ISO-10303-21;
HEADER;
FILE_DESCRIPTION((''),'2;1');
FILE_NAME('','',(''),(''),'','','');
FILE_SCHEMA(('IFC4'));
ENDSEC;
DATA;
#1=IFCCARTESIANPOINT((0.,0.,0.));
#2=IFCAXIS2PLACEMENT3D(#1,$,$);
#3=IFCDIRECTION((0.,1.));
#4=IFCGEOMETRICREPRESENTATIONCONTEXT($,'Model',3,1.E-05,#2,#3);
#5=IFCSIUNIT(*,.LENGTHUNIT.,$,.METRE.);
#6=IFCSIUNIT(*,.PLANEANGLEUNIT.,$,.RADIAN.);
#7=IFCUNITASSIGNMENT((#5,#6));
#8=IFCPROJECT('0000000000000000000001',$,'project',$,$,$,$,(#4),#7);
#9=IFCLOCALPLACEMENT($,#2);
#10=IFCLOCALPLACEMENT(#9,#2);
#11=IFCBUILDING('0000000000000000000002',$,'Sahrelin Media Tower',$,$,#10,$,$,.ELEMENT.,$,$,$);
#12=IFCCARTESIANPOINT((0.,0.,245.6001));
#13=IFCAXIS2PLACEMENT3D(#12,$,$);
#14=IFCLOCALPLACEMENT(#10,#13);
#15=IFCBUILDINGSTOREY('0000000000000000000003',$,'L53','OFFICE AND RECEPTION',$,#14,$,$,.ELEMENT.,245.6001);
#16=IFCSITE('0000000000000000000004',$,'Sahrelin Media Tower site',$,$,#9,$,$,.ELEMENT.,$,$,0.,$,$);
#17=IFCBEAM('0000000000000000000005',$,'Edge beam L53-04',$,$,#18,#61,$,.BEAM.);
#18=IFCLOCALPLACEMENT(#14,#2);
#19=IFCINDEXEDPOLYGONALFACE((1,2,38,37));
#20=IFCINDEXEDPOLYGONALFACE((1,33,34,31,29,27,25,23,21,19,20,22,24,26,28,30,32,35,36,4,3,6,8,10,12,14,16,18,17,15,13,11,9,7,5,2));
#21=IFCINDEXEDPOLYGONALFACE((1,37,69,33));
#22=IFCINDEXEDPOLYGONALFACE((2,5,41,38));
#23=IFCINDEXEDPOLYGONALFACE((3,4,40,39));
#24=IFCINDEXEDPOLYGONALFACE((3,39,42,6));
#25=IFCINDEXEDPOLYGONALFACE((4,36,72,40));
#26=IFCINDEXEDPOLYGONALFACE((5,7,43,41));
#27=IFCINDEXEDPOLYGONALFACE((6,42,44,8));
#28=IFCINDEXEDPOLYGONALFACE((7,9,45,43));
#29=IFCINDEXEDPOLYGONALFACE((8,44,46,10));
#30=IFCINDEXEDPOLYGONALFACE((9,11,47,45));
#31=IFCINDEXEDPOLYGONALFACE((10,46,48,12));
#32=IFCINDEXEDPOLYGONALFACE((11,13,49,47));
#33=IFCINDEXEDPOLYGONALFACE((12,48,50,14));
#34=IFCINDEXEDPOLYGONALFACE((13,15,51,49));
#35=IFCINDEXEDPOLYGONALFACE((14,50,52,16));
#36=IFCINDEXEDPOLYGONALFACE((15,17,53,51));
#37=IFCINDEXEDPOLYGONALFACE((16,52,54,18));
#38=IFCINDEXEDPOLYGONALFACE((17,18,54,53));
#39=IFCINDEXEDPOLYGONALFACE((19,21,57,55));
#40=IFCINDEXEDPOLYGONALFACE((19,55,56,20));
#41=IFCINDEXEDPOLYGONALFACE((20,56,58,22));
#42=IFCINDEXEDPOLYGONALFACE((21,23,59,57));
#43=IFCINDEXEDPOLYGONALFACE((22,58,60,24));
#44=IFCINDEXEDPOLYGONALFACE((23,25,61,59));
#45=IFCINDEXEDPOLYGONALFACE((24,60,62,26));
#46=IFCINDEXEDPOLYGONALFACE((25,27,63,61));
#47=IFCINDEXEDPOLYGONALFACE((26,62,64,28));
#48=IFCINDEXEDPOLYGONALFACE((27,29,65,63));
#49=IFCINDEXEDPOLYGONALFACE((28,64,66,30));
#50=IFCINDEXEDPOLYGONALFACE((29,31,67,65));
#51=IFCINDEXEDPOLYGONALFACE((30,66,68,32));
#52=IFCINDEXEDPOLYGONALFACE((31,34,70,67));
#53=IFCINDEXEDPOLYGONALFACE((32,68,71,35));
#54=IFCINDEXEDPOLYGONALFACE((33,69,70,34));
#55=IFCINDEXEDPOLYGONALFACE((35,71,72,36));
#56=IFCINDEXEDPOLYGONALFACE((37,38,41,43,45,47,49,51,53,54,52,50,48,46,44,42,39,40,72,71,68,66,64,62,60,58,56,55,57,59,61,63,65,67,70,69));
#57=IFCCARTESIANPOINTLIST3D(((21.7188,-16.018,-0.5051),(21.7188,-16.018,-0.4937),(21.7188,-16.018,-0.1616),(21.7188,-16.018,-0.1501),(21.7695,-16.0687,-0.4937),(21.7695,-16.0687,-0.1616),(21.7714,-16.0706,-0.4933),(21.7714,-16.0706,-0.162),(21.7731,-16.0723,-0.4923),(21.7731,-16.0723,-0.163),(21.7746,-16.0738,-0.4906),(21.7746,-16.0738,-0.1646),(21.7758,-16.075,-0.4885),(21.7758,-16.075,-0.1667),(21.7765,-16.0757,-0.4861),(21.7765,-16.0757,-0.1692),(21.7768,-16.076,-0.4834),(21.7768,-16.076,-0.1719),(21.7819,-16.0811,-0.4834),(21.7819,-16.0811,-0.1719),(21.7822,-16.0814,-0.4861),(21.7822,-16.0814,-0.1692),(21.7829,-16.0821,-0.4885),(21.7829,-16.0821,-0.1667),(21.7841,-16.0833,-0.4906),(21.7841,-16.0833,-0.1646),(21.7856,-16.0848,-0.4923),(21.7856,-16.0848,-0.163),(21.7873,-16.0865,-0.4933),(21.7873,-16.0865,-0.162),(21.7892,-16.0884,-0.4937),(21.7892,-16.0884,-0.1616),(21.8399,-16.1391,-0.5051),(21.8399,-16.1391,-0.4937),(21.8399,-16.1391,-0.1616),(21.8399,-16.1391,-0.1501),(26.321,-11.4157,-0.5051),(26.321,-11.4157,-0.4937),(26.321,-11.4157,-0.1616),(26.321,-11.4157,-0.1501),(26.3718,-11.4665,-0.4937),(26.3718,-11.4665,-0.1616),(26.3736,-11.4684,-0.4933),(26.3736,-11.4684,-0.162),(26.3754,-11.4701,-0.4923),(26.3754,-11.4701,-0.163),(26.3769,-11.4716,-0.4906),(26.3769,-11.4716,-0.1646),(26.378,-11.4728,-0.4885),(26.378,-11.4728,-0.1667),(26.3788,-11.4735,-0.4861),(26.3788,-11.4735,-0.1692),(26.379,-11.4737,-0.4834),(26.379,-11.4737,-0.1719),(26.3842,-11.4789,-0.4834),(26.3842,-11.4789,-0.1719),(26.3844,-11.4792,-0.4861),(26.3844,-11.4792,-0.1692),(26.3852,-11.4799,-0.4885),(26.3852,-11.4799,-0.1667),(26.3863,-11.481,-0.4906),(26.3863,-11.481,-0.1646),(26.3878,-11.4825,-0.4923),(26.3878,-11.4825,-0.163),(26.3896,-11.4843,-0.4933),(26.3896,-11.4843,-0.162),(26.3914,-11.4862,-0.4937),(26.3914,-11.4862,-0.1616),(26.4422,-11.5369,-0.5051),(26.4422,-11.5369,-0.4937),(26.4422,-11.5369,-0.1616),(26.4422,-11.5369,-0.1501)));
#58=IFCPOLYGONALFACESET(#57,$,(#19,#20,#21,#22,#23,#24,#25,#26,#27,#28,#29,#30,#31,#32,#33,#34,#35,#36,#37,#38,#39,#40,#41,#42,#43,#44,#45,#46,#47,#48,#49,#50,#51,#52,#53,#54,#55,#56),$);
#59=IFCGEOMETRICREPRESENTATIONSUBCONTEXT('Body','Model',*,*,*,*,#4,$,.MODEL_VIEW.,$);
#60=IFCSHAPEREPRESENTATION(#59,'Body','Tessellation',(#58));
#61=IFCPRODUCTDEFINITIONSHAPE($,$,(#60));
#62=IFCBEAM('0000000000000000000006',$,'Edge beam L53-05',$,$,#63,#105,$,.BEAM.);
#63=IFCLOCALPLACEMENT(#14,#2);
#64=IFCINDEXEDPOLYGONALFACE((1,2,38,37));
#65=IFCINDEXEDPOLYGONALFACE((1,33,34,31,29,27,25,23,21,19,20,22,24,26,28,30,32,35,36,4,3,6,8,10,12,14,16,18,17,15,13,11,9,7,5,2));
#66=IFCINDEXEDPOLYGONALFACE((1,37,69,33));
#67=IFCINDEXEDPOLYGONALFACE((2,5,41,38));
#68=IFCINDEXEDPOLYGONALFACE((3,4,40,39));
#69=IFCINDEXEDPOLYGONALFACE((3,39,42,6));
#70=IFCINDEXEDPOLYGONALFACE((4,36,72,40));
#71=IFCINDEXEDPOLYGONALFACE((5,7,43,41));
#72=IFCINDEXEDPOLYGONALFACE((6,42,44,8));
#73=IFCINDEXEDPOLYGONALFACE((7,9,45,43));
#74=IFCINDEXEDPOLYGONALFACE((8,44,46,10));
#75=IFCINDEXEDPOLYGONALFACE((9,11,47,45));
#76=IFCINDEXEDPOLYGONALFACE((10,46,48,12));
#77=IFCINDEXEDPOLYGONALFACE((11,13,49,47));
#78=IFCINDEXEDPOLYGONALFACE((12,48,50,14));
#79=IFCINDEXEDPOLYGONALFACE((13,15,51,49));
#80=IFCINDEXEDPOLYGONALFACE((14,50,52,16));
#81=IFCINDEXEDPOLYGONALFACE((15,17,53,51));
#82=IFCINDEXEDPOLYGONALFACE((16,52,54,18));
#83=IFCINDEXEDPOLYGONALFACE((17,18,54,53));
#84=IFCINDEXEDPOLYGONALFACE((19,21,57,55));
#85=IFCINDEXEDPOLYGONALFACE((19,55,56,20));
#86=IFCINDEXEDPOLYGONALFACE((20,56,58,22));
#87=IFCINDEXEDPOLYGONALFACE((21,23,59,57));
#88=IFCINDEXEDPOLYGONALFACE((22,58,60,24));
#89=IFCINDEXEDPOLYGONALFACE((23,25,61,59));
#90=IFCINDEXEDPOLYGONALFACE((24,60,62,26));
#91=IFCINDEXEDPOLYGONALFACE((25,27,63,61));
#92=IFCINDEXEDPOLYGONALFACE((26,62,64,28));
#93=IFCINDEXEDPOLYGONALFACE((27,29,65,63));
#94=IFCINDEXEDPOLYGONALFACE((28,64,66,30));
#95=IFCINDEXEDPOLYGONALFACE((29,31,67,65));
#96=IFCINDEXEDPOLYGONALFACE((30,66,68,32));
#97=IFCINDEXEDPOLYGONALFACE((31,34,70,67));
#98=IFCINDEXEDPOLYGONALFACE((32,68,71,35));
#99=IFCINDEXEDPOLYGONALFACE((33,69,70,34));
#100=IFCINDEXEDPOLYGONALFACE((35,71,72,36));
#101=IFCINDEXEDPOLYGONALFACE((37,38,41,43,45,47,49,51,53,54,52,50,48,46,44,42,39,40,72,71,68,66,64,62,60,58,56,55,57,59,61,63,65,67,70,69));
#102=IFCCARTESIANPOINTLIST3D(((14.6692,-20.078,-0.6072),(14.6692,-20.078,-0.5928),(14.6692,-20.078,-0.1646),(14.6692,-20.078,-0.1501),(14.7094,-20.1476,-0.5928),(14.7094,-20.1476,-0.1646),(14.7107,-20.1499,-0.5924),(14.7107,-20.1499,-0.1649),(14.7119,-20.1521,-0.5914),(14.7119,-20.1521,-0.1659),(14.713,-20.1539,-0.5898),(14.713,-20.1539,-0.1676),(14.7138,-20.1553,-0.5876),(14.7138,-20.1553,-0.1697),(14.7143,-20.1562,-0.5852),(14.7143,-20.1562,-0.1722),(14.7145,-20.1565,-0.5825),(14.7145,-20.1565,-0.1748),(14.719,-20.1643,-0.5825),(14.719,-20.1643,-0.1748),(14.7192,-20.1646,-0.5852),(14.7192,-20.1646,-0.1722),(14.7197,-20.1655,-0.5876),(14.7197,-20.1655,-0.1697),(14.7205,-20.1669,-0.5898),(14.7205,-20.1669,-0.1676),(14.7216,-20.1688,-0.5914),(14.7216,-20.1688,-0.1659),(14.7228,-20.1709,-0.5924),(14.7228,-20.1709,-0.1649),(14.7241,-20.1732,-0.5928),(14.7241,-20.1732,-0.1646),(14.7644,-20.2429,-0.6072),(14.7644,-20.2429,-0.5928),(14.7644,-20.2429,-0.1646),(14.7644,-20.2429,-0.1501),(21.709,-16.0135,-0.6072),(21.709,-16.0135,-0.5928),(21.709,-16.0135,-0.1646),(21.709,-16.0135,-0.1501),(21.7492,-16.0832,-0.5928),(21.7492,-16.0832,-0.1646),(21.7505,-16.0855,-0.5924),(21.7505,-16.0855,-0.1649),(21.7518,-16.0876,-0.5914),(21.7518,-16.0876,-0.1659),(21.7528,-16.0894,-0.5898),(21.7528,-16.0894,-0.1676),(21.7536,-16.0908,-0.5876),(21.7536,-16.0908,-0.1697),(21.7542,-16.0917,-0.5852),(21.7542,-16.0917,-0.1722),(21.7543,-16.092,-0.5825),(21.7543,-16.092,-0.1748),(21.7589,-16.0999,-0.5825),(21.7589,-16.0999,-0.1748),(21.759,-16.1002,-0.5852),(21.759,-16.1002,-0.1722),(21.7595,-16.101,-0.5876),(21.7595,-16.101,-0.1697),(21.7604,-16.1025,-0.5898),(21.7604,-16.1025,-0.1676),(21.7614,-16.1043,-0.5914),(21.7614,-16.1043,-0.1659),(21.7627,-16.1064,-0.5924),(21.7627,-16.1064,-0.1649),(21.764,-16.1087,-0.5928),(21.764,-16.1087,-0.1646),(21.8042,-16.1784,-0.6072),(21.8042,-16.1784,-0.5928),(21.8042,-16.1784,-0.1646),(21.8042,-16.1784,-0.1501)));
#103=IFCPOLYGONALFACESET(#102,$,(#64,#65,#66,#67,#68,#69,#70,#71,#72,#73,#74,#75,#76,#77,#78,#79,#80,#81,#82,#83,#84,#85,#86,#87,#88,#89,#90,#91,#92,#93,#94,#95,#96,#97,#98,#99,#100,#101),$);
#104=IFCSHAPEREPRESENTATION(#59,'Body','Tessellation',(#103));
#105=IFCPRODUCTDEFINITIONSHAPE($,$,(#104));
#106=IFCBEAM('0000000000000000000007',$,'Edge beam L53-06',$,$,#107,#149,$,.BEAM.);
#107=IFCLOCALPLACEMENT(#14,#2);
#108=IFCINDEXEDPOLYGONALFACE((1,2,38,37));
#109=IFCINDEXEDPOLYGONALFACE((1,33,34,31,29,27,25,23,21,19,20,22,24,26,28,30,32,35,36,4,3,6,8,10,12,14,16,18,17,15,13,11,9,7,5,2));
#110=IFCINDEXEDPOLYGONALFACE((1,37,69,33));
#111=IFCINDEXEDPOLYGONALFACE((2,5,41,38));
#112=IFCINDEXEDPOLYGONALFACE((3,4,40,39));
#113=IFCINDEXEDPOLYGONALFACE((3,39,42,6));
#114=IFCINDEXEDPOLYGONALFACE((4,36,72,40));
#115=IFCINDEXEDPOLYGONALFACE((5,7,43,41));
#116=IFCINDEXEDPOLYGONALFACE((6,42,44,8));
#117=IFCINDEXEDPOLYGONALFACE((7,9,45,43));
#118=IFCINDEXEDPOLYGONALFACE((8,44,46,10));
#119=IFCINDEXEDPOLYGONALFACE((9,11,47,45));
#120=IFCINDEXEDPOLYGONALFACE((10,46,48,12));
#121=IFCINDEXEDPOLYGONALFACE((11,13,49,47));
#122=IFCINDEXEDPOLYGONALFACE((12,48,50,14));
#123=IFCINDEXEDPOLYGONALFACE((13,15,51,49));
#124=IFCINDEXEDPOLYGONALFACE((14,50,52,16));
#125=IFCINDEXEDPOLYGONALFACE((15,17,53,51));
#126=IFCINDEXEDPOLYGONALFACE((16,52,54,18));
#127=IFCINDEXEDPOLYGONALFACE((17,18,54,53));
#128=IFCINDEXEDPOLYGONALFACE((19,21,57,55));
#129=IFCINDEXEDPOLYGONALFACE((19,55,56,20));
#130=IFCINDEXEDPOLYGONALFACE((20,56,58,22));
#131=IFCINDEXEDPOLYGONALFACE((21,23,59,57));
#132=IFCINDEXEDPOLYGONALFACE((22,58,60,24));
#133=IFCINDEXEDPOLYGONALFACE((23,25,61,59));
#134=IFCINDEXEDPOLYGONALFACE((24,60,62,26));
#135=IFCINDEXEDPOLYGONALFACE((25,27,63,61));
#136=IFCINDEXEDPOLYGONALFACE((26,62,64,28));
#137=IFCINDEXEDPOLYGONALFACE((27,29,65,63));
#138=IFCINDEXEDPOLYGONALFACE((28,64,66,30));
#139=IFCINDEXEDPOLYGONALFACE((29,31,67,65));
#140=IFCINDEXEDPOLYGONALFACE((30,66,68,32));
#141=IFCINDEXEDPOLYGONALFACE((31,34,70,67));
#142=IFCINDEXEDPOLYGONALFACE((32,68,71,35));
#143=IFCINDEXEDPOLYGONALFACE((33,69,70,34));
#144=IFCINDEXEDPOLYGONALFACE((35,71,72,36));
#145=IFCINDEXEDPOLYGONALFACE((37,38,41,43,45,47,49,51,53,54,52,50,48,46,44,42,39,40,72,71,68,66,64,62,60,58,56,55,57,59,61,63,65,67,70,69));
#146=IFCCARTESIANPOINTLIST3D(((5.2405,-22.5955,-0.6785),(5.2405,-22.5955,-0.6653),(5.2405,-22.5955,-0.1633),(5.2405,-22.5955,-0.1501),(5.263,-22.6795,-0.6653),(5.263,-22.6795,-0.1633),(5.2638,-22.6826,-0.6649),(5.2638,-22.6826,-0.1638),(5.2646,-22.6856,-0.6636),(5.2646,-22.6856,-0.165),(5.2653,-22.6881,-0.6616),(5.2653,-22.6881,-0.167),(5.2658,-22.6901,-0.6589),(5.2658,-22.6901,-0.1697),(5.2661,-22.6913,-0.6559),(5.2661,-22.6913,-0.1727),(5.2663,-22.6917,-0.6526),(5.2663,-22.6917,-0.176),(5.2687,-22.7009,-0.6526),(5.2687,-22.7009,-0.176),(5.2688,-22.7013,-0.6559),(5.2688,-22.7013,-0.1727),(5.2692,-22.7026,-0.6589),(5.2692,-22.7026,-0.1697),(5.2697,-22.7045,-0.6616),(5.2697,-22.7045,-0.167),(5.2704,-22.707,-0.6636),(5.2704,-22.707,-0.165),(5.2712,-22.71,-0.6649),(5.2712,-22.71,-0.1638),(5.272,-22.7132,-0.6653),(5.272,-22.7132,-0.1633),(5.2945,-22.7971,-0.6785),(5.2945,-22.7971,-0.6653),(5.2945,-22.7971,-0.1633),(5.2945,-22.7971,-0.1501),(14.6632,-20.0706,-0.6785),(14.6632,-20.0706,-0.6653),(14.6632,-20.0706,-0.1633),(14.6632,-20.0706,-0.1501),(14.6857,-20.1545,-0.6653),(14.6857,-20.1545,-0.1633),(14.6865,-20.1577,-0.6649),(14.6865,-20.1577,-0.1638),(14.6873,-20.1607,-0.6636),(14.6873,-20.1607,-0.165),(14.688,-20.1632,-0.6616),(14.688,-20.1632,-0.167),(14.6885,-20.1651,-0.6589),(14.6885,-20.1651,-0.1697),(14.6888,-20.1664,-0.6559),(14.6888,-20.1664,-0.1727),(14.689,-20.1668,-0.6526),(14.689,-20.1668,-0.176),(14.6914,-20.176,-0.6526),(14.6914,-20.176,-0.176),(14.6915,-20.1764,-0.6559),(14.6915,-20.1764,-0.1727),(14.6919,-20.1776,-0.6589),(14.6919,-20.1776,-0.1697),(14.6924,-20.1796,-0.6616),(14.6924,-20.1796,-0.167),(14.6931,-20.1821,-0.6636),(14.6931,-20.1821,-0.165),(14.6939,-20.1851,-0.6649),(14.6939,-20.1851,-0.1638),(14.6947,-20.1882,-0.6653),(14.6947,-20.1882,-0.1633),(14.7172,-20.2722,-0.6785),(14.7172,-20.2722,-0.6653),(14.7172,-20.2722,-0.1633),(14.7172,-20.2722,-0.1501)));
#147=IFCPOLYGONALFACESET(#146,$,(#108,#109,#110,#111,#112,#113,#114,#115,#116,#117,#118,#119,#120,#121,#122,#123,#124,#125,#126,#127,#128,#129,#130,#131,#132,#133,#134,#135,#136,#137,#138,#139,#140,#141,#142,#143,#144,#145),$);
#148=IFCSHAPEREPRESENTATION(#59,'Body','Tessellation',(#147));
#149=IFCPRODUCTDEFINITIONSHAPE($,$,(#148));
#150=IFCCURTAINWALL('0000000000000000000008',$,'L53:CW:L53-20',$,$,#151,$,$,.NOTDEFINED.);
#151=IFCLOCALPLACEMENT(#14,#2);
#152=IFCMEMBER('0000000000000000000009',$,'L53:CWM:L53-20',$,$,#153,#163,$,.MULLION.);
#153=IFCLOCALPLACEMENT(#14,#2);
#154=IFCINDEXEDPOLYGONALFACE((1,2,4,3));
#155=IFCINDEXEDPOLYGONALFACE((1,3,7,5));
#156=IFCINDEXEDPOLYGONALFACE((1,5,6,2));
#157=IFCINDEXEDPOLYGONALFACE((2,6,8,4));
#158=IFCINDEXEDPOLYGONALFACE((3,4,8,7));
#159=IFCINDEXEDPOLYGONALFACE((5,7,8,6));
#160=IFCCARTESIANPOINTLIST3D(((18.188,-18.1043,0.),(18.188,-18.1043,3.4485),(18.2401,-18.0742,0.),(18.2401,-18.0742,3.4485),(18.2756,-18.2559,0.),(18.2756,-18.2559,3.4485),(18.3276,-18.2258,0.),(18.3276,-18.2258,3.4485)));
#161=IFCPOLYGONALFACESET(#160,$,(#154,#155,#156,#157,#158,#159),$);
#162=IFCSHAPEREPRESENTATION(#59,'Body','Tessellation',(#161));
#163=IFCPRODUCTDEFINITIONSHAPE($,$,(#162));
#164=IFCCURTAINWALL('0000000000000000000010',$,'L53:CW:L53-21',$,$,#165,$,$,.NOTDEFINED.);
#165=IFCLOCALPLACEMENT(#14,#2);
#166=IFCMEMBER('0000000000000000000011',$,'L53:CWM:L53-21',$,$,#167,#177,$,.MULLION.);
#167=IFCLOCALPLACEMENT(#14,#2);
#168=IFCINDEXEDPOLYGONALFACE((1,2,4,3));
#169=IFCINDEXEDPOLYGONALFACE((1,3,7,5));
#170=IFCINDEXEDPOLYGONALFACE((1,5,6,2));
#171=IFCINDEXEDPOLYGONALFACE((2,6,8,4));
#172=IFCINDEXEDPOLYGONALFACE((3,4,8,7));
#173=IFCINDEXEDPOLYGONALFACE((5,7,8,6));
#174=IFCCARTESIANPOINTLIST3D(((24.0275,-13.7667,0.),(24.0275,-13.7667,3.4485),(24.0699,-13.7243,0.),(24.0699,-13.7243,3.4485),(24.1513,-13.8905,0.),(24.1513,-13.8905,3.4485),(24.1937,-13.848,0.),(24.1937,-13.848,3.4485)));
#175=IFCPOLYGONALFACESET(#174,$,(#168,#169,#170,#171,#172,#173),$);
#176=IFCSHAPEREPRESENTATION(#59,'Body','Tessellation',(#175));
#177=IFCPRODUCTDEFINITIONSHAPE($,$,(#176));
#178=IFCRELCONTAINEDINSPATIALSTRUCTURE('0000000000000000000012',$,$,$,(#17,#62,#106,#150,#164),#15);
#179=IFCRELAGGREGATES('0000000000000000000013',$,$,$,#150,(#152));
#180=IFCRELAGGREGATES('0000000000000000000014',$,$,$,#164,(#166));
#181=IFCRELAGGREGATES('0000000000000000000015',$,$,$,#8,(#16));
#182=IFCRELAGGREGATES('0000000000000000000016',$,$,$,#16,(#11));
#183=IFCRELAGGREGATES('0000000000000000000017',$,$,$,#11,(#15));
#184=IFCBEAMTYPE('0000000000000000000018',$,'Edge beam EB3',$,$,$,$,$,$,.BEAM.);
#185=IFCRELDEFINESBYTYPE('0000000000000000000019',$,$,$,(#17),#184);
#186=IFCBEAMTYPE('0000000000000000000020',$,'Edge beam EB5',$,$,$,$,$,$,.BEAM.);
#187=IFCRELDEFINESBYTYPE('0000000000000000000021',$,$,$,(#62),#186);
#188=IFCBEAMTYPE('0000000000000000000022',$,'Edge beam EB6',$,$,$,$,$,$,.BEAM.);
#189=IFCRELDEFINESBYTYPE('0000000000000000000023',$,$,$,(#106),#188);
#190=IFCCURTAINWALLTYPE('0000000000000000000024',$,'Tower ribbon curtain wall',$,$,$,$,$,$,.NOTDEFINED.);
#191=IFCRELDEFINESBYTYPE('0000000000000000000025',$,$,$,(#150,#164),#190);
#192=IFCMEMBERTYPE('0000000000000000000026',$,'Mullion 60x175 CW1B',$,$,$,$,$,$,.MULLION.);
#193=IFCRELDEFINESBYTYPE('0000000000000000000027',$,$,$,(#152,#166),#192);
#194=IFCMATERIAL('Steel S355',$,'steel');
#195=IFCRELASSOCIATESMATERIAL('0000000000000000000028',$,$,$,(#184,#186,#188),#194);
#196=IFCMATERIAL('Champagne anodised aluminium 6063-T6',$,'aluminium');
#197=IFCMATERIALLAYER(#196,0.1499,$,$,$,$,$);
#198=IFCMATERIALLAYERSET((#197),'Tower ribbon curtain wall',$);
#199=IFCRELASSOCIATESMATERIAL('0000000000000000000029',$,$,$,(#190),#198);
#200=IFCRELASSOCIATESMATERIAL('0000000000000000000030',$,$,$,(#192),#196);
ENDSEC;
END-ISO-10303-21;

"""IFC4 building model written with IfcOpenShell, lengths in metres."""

from ifc_helpers import new_model, si_unit, direction, frame, origin, origin_2d, place, context, subcontext, project, spatial, rectangle, i_section, extrude, material, layer, layer_set, material_profile, profile_set, type_object, element, aggregate, save


model = new_model("IFC4")

# Units and contexts
model_context = context("Model", 3, precision=1e-05, world=origin(), true_north=direction((0.0, 1.0)))
body_context = subcontext(model_context, "Body", "Model", "MODEL_VIEW")
ifc_project = project(units=[si_unit("LENGTHUNIT", "METRE"), si_unit("PLANEANGLEUNIT", "RADIAN")], contexts=[model_context])

# Site, building, storey
site_placement = place(None, origin())
site = spatial("IfcSite", under=ifc_project, at=site_placement, Name="Sahrelin Media Tower site", CompositionType="ELEMENT", RefElevation=0.0)
building_placement = place(site_placement, origin())
building = spatial("IfcBuilding", under=site, at=building_placement, Name="Sahrelin Media Tower", CompositionType="ELEMENT")
storey_placement = place(building_placement, frame((0.0, 0.0, 245.6001)))
storey = spatial("IfcBuildingStorey", under=building, at=storey_placement, Name="L53", Description="OFFICE AND RECEPTION", CompositionType="ELEMENT", Elevation=245.6001)

# Beams
ifc_material_1 = material(Name="Steel S355", Category="steel")
ifc_material_profile_1 = material_profile(ifc_material_1, i_section(OverallWidth=0.1714, OverallDepth=0.355, WebThickness=0.0073, FlangeThickness=0.0115, FilletRadius=0.0103, at=origin_2d()), Name="UB 356x171x51")
ifc_profile_set_1 = profile_set([ifc_material_profile_1], Name="Steel S355")
beam_type_1 = type_object("IfcBeamType", Name="Edge beam EB3", PredefinedType="BEAM", material=ifc_profile_set_1)
beam_1_placement = place(storey_placement, frame((26.3816, -11.4763, -0.3276), z_axis=(-0.707107, -0.707107, 0.0), x_axis=(0.707107, -0.707107, 0.0)))
element("IfcBeam", 1, at=beam_1_placement, inside=storey, type_object=beam_type_1, Name="Edge beam L53-04", PredefinedType="BEAM", context=body_context, shape_type="SweptSolid", body=[
    extrude(i_section(OverallWidth=0.1714, OverallDepth=0.355, WebThickness=0.0073, FlangeThickness=0.0115, FilletRadius=0.0103, at=origin_2d()), origin(), (0.0, 0.0, 1.0), 6.5085),
])
ifc_material_profile_2 = material_profile(ifc_material_1, i_section(OverallWidth=0.1904, OverallDepth=0.457, WebThickness=0.009, FlangeThickness=0.0144, FilletRadius=0.0103, at=origin_2d()), Name="UB 457x191x74")
ifc_profile_set_2 = profile_set([ifc_material_profile_2], Name="Steel S355")
beam_type_2 = type_object("IfcBeamType", Name="Edge beam EB5", PredefinedType="BEAM", material=ifc_profile_set_2)
beam_2_placement = place(storey_placement, frame((21.7566, -16.0959, -0.3787), z_axis=(-0.866024, -0.500002, 0.0), x_axis=(0.500002, -0.866024, 0.0)))
element("IfcBeam", 2, at=beam_2_placement, inside=storey, type_object=beam_type_2, Name="Edge beam L53-05", PredefinedType="BEAM", context=body_context, shape_type="SweptSolid", body=[
    extrude(i_section(OverallWidth=0.1904, OverallDepth=0.457, WebThickness=0.009, FlangeThickness=0.0144, FilletRadius=0.0103, at=origin_2d()), origin(), (0.0, 0.0, 1.0), 8.1289),
])
ifc_material_profile_3 = material_profile(ifc_material_1, i_section(OverallWidth=0.2087, OverallDepth=0.5283, WebThickness=0.0095, FlangeThickness=0.0132, FilletRadius=0.0127, at=origin_2d()), Name="UB 533x210x82")
ifc_profile_set_3 = profile_set([ifc_material_profile_3], Name="Steel S355")
beam_type_3 = type_object("IfcBeamType", Name="Edge beam EB6", PredefinedType="BEAM", material=ifc_profile_set_3)
beam_3_placement = place(storey_placement, frame((14.6902, -20.1714, -0.4143), z_axis=(-0.965923, -0.258831, 0.0), x_axis=(0.258831, -0.965923, 0.0)))
element("IfcBeam", 3, at=beam_3_placement, inside=storey, type_object=beam_type_3, Name="Edge beam L53-06", PredefinedType="BEAM", context=body_context, shape_type="SweptSolid", body=[
    extrude(i_section(OverallWidth=0.2087, OverallDepth=0.5283, WebThickness=0.0095, FlangeThickness=0.0132, FilletRadius=0.0127, at=origin_2d()), origin(), (0.0, 0.0, 1.0), 9.7551),
])

# Curtain walls, members
ifc_material_2 = material(Name="Champagne anodised aluminium 6063-T6", Category="aluminium")
ifc_layer_1 = layer(ifc_material_2, 0.1499)
ifc_layer_set_1 = layer_set([ifc_layer_1], Name="Tower ribbon curtain wall")
curtain_wall_type = type_object("IfcCurtainWallType", Name="Tower ribbon curtain wall", PredefinedType="NOTDEFINED", material=ifc_layer_set_1)
curtain_wall_1_placement = place(storey_placement, frame((18.3115, -18.2581, 0.0), z_axis=(0.0, 0.0, 1.0), x_axis=(1.0, 0.0, 0.0)))
curtain_wall_1 = element("IfcCurtainWall", 4, at=curtain_wall_1_placement, inside=storey, type_object=curtain_wall_type, Name="L53:CW:L53-20", PredefinedType="NOTDEFINED")
ifc_material_profile_4 = material_profile(ifc_material_2, rectangle(XDim=0.0601, YDim=0.175, at=origin_2d()), Name="Mullion 60x175")
ifc_profile_set_4 = profile_set([ifc_material_profile_4], Name="Champagne anodised aluminium 6063-T6")
member_type_1 = type_object("IfcMemberType", Name="Mullion 60x175 CW1B", PredefinedType="MULLION", material=ifc_profile_set_4)
member_1_placement = place(storey_placement, frame((18.2578, -18.165, 0.0), z_axis=(0.0, 0.0, 1.0), x_axis=(0.866027, 0.499997, 0.0)))
member_1 = element("IfcMember", 5, at=member_1_placement, type_object=member_type_1, Name="L53:CWM:L53-20", PredefinedType="MULLION", context=body_context, shape_type="SweptSolid", body=[
    extrude(rectangle(XDim=0.0601, YDim=0.175, at=origin_2d()), origin(), (0.0, 0.0, 1.0), 3.4485),
])
curtain_wall_2_placement = place(storey_placement, frame((24.1865, -13.8835, 0.0), z_axis=(0.0, 0.0, 1.0), x_axis=(1.0, 0.0, 0.0)))
curtain_wall_2 = element("IfcCurtainWall", 6, at=curtain_wall_2_placement, inside=storey, type_object=curtain_wall_type, Name="L53:CW:L53-21", PredefinedType="NOTDEFINED")
member_2_placement = place(storey_placement, frame((24.1106, -13.8074, 0.0), z_axis=(0.0, 0.0, 1.0), x_axis=(0.707107, 0.707107, 0.0)))
member_2 = element("IfcMember", 7, at=member_2_placement, type_object=member_type_1, Name="L53:CWM:L53-21", PredefinedType="MULLION", context=body_context, shape_type="SweptSolid", body=[
    extrude(rectangle(XDim=0.0601, YDim=0.175, at=origin_2d()), origin(), (0.0, 0.0, 1.0), 3.4485),
])

aggregate(curtain_wall_1, [member_1])
aggregate(curtain_wall_2, [member_2])

save(model, "model.ifc")
